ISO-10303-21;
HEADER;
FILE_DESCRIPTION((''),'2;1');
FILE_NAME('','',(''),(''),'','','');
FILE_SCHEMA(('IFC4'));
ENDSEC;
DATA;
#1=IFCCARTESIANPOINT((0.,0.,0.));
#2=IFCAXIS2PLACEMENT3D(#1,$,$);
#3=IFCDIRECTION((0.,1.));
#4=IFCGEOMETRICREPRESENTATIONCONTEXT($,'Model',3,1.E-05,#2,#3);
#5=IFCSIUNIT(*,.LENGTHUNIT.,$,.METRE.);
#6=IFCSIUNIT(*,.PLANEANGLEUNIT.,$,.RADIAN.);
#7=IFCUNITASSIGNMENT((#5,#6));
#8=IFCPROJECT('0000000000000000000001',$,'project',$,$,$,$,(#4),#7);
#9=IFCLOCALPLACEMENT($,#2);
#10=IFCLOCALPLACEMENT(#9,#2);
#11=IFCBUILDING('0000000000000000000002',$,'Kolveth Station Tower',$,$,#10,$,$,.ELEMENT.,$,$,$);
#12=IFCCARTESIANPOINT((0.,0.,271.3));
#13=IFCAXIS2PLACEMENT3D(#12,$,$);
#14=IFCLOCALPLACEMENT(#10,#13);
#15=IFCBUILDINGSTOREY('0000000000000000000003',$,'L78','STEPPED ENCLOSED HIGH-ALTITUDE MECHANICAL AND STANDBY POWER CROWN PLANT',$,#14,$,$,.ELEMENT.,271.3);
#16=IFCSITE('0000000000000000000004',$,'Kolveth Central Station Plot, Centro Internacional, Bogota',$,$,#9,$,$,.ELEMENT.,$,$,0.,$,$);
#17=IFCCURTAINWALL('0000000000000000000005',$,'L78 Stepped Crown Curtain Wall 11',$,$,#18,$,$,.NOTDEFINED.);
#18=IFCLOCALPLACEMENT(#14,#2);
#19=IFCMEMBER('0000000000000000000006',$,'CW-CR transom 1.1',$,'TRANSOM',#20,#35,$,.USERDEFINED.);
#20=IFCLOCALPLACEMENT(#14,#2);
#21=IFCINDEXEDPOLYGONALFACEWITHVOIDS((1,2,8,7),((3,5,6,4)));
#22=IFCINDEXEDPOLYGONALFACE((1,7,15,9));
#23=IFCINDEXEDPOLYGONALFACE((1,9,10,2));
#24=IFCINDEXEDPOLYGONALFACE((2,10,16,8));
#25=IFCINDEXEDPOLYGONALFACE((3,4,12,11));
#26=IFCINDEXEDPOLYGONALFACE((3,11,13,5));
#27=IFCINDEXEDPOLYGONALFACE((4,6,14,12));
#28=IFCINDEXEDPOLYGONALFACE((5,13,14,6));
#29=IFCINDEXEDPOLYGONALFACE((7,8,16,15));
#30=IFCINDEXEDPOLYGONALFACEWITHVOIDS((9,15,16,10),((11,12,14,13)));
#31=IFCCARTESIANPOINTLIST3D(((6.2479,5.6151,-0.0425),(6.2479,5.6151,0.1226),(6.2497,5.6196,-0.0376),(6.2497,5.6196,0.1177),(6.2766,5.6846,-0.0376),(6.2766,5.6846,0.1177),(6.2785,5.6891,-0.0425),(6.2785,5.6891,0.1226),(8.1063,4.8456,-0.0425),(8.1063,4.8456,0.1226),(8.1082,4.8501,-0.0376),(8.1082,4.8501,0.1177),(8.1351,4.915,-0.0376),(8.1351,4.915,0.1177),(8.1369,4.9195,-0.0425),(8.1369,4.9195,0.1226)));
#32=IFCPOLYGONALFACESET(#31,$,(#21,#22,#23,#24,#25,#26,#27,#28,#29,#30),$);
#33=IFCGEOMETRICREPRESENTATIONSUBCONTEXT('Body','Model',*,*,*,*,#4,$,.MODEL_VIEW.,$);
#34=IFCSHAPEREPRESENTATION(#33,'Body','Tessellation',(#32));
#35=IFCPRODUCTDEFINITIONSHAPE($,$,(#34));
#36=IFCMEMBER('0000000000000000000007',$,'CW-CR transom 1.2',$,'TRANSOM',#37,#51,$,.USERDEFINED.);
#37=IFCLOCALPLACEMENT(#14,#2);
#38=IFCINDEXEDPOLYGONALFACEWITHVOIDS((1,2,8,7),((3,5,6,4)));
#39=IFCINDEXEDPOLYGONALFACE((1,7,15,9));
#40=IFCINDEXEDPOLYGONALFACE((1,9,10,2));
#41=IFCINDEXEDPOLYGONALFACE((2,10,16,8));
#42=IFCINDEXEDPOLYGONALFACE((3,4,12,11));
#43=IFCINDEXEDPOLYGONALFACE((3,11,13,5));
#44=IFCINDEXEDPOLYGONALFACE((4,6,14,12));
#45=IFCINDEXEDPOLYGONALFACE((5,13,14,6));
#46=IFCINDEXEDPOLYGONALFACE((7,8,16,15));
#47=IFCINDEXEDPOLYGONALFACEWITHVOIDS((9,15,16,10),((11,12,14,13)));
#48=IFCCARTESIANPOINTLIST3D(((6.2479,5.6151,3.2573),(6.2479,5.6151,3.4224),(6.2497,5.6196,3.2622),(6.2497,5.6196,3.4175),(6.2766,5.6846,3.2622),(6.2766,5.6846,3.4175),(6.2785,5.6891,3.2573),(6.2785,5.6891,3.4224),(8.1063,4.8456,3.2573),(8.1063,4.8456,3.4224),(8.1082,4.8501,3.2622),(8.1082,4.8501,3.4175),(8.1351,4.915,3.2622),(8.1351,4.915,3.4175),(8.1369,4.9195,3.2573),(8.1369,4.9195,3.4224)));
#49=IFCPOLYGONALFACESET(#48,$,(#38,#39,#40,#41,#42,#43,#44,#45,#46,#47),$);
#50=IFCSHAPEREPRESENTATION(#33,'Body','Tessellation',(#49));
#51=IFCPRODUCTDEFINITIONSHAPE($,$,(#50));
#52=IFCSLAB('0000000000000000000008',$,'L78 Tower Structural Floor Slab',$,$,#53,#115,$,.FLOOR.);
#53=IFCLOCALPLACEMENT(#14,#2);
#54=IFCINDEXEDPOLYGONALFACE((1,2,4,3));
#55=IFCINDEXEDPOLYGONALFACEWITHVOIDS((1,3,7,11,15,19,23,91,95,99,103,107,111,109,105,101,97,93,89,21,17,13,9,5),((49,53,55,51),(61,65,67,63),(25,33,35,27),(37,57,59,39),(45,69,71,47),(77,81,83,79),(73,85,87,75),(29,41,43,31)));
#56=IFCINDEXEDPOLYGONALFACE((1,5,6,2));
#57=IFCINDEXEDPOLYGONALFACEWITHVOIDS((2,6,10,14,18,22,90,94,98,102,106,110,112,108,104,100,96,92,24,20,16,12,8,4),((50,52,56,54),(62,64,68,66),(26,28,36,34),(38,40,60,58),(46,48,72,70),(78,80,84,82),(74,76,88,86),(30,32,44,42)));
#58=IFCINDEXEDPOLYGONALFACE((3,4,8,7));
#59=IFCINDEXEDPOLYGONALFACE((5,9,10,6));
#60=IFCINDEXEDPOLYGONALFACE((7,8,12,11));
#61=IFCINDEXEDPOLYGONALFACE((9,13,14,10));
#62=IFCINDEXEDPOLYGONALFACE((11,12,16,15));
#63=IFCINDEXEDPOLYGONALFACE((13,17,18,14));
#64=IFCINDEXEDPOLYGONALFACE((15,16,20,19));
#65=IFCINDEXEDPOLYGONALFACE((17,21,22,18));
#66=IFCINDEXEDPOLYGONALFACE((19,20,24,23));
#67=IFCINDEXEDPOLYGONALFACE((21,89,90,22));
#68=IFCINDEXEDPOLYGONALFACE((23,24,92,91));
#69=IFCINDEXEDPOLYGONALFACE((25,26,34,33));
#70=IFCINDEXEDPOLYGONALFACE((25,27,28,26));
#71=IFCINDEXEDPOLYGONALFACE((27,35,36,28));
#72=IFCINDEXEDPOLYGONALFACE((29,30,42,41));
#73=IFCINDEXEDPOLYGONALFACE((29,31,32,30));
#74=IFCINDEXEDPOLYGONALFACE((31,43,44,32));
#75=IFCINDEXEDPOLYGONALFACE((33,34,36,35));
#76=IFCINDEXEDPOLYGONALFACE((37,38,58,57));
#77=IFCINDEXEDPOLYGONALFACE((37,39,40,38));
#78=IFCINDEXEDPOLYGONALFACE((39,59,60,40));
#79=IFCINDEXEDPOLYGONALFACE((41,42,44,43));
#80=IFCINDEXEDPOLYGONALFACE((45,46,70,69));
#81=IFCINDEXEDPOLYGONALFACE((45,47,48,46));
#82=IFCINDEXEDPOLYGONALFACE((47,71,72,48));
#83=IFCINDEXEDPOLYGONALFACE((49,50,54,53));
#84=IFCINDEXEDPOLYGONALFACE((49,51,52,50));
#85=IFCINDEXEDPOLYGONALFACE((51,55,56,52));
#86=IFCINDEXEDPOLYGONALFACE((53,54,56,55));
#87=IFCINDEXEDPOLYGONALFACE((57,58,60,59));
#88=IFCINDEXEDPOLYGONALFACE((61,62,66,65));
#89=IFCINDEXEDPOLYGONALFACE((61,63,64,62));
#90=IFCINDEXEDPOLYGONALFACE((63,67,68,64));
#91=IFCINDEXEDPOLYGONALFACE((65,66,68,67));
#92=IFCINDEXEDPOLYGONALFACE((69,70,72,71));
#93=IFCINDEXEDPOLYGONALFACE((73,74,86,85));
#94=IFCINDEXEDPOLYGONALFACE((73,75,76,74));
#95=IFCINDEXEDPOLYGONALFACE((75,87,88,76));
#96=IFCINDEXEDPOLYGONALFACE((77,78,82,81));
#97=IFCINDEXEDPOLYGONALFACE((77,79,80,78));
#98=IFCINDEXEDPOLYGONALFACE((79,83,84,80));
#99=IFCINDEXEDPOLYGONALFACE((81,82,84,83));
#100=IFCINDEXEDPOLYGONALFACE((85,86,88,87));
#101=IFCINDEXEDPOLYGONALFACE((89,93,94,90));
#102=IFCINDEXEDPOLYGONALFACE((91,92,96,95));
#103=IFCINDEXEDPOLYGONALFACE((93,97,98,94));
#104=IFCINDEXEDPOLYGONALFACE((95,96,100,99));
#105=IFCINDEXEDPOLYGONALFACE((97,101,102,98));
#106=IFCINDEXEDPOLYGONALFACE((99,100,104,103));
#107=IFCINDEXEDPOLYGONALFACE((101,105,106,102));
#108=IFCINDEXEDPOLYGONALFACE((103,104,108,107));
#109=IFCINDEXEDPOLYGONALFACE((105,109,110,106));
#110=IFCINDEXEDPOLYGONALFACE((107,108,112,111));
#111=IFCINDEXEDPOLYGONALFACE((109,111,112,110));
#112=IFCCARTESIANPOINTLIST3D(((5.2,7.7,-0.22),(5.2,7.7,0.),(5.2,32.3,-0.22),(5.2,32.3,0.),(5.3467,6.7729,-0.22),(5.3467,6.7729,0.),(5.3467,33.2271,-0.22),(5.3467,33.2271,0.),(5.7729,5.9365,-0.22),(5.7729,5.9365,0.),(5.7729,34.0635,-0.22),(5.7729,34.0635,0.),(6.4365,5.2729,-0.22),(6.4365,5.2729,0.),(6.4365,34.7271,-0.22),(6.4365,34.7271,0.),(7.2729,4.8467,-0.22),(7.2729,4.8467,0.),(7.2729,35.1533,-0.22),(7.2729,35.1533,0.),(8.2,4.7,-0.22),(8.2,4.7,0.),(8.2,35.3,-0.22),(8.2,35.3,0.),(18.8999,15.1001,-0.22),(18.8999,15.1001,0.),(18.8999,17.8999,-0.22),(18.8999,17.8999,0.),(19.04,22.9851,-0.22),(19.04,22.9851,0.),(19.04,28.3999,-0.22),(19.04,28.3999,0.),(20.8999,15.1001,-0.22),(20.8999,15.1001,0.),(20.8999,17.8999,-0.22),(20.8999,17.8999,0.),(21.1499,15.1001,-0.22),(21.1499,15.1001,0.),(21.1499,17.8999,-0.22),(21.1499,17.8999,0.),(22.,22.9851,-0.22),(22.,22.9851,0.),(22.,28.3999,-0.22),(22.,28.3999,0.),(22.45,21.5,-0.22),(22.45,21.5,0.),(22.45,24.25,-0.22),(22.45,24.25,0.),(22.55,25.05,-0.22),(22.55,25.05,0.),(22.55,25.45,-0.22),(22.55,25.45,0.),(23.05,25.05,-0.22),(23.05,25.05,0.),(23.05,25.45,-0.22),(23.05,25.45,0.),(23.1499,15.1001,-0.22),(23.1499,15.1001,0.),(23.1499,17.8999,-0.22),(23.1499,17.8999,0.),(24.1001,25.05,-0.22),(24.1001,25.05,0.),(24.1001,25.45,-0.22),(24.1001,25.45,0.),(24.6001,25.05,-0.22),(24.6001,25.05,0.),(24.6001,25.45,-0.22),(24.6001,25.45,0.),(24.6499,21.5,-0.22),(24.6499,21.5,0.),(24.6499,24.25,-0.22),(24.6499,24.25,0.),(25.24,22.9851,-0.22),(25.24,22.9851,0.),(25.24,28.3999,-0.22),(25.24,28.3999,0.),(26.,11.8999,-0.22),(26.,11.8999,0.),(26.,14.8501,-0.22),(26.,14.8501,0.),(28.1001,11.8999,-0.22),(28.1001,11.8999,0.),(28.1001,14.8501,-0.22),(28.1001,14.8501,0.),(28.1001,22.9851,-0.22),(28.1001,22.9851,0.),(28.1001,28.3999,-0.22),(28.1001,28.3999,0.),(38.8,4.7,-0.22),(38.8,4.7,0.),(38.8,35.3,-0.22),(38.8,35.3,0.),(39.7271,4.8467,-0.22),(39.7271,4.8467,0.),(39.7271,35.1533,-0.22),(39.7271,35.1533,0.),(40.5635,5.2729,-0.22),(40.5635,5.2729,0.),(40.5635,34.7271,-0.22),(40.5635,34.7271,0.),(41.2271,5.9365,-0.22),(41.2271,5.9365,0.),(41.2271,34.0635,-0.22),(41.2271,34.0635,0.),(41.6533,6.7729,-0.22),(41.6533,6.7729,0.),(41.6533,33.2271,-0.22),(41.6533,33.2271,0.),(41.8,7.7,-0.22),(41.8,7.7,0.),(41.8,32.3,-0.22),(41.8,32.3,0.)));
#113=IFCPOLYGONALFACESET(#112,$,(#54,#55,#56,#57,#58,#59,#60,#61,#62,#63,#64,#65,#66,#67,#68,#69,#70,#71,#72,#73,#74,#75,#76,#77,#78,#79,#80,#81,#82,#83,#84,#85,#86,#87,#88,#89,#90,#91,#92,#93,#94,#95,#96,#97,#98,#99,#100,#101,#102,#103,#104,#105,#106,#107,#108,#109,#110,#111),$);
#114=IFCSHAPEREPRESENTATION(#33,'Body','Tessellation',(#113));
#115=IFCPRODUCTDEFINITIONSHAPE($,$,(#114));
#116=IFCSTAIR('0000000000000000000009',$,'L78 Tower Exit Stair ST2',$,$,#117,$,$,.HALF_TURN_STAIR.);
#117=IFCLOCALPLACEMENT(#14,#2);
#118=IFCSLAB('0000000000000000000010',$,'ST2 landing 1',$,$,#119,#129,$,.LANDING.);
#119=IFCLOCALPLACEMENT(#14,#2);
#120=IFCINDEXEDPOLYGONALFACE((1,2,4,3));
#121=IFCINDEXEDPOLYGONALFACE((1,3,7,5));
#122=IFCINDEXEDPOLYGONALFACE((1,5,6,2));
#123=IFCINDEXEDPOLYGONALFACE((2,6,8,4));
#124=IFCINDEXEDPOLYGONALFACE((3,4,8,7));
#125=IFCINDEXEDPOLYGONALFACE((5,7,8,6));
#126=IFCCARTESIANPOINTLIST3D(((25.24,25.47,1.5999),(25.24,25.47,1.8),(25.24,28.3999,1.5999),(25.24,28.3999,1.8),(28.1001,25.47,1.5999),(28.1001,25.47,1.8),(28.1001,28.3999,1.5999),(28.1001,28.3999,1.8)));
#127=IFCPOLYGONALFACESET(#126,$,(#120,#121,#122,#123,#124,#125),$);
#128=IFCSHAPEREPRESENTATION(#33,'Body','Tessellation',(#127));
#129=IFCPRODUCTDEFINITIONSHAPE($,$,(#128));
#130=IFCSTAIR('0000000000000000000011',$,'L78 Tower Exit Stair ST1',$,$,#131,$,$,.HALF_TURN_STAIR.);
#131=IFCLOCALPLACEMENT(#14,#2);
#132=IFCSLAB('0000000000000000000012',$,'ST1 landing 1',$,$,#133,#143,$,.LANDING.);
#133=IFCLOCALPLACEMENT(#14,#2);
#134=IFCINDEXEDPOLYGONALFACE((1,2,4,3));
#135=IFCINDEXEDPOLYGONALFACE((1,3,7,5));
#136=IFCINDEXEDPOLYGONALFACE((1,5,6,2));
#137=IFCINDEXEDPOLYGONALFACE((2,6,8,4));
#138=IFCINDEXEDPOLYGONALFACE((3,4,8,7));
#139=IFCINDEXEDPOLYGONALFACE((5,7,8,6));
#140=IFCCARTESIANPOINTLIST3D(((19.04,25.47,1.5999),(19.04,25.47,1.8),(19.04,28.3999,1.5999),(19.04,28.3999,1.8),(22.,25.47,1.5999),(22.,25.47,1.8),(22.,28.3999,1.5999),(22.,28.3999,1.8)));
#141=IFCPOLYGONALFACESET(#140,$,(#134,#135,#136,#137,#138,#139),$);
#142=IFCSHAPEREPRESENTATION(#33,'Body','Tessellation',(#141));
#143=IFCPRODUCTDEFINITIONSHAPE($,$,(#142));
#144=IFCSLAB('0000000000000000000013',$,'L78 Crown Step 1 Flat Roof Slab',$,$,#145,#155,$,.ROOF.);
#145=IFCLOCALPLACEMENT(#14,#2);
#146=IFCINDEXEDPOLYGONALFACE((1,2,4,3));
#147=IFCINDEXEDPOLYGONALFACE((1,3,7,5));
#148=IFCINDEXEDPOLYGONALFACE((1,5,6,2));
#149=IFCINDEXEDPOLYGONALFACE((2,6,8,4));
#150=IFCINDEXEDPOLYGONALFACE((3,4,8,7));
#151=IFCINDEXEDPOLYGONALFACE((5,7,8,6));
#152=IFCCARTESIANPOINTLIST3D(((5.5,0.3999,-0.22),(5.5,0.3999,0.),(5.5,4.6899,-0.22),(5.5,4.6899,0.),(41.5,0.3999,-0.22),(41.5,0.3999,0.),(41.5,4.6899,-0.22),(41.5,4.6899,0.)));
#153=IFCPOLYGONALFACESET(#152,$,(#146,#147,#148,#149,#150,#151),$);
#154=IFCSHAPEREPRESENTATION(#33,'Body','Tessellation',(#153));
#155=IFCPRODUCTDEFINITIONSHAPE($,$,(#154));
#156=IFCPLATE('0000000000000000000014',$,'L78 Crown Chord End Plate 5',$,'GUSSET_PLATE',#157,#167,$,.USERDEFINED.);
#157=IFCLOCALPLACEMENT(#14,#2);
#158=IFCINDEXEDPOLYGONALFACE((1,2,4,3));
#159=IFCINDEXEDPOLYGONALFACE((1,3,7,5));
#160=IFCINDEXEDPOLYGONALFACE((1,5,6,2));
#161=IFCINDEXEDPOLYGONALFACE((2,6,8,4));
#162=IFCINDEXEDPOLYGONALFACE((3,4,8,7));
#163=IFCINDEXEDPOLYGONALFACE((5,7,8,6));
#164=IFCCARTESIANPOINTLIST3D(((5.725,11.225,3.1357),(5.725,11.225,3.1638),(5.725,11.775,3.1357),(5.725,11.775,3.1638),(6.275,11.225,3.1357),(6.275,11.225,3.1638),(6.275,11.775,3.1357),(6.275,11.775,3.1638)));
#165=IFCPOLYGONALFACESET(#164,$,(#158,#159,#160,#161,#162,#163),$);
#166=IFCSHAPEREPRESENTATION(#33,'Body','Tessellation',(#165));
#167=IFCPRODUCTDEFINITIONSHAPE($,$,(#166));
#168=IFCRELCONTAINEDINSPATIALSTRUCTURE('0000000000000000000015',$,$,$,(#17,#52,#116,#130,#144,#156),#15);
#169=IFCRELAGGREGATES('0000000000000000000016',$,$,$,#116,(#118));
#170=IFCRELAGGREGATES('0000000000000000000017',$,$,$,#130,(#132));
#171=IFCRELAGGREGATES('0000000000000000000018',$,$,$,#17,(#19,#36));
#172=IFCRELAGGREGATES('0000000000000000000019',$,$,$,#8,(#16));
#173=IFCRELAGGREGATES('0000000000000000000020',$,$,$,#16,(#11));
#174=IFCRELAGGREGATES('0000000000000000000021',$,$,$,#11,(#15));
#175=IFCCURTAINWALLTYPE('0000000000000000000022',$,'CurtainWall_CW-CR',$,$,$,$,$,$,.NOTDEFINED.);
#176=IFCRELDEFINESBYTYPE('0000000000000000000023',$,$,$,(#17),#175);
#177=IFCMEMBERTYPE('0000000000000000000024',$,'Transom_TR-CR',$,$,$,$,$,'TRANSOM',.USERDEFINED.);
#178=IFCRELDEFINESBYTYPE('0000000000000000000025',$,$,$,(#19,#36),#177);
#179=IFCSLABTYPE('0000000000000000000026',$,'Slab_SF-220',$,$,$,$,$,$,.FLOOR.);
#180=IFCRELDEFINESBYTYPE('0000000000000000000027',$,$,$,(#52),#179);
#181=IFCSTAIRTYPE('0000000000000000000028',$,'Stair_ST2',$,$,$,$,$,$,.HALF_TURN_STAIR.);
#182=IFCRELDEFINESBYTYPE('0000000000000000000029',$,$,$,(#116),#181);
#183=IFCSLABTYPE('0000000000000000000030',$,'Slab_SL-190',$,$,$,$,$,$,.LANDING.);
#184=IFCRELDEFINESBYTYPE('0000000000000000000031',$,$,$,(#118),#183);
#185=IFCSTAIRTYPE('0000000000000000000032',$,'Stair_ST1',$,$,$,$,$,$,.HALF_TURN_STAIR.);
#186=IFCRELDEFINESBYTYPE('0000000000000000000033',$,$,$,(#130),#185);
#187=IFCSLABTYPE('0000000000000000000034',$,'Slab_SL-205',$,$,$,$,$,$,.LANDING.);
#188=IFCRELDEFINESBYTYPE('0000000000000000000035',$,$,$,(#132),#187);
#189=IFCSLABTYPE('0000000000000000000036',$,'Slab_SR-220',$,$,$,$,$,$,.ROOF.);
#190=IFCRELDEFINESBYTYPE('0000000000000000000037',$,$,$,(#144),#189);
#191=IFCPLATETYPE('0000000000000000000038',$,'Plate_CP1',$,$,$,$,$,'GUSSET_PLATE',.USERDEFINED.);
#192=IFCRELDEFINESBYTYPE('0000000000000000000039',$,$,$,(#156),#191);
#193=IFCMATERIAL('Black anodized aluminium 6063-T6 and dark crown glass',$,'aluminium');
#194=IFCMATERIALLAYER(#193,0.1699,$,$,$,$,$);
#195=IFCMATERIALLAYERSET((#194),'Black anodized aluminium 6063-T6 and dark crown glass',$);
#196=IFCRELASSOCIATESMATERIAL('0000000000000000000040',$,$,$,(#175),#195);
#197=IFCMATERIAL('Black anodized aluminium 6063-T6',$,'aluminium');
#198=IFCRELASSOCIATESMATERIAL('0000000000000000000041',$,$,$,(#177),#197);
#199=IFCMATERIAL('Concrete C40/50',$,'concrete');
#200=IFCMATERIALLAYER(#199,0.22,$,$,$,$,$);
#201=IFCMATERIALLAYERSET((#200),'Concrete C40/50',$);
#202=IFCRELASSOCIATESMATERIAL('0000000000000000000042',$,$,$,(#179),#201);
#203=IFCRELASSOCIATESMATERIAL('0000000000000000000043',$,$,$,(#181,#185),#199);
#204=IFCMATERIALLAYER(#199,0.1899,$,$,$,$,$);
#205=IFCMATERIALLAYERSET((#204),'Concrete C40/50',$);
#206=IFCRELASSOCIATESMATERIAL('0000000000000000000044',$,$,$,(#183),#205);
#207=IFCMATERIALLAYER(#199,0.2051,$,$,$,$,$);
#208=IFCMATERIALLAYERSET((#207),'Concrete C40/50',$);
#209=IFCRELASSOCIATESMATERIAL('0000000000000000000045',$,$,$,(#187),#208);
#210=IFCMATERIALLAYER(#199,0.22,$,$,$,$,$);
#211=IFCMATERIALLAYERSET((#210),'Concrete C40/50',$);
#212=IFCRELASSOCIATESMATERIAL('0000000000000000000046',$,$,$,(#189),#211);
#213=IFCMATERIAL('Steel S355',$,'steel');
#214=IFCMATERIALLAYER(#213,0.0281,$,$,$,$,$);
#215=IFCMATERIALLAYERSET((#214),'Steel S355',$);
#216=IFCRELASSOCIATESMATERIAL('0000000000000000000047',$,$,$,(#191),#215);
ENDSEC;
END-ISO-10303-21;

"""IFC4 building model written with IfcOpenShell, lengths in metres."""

from ifc_helpers import new_model, si_unit, direction, frame, origin, origin_2d, place, context, subcontext, project, spatial, polyline, rectangle, hollow_rectangle, outline, extrude, source, transform, mapped, material, layer, layer_set, material_profile, profile_set, type_object, element, aggregate, save


model = new_model("IFC4")

# Units and contexts
model_context = context("Model", 3, precision=1e-05, world=origin(), true_north=direction((0.0, 1.0)))
body_context = subcontext(model_context, "Body", "Model", "MODEL_VIEW")
ifc_project = project(units=[si_unit("LENGTHUNIT", "METRE"), si_unit("PLANEANGLEUNIT", "RADIAN")], contexts=[model_context])

# Site, building, storey
site_placement = place(None, origin())
site = spatial("IfcSite", under=ifc_project, at=site_placement, Name="Kolveth Central Station Plot, Centro Internacional, Bogota", CompositionType="ELEMENT", RefElevation=0.0)
building_placement = place(site_placement, origin())
building = spatial("IfcBuilding", under=site, at=building_placement, Name="Kolveth Station Tower", CompositionType="ELEMENT")
storey_placement = place(building_placement, frame((0.0, 0.0, 271.3)))
storey = spatial("IfcBuildingStorey", under=building, at=storey_placement, Name="L78", Description="STEPPED ENCLOSED HIGH-ALTITUDE MECHANICAL AND STANDBY POWER CROWN PLANT", CompositionType="ELEMENT", Elevation=271.3)

# Shared definitions
ifc_material_1 = material(Name="Steel S355", Category="steel")

# Shared definitions
ifc_material_2 = material(Name="Black anodized aluminium 6063-T6 and dark crown glass", Category="aluminium")
ifc_layer_1 = layer(ifc_material_2, 0.1699)
ifc_layer_set_1 = layer_set([ifc_layer_1], Name="Black anodized aluminium 6063-T6 and dark crown glass")
curtain_wall_type = type_object("IfcCurtainWallType", Name="CurtainWall_CW-CR", PredefinedType="NOTDEFINED", material=ifc_layer_set_1)
ifc_material_3 = material(Name="Black anodized aluminium 6063-T6", Category="aluminium")

# Curtain wall
curtain_wall_1_placement = place(storey_placement, origin())
curtain_wall_1 = element("IfcCurtainWall", 1, at=curtain_wall_1_placement, inside=storey, type_object=curtain_wall_type, Name="L78 Stepped Crown Curtain Wall 11", PredefinedType="NOTDEFINED")

# Members
ifc_material_profile_1 = material_profile(ifc_material_3, hollow_rectangle(XDim=0.0801, YDim=0.165, WallThickness=0.0049, at=origin_2d()), Name="ALU-80x165x5")
ifc_profile_set_1 = profile_set([ifc_material_profile_1], Name="Black anodized aluminium 6063-T6")
member_type_1 = type_object("IfcMemberType", Name="Transom_TR-CR", ElementType="TRANSOM", PredefinedType="USERDEFINED", material=ifc_profile_set_1)
shared_shape_1 = source(origin(), body_context, "Body", "SweptSolid", [
    extrude(hollow_rectangle(XDim=0.0801, YDim=0.165, WallThickness=0.0049, at=origin_2d()), origin(), (0.0, 0.0, 1.0), 2.0115),
])
member_1_placement = place(storey_placement, frame((6.2632, 5.6521, 0.04), z_axis=(0.923922, -0.38258, 0.0), x_axis=(0.38258, 0.923922, 0.0)))
member_1 = element("IfcMember", 2, at=member_1_placement, type_object=member_type_1, Name="CW-CR transom 1.1", ObjectType="TRANSOM", PredefinedType="USERDEFINED", context=body_context, shape_type="MappedRepresentation", body=[
    mapped(shared_shape_1, transform((0.0, 0.0, 0.0), x_axis=(1.0, 0.0, 0.0), y_axis=(0.0, 1.0, 0.0), z_axis=(0.0, 0.0, 1.0), scale=1.0)),
])
member_2_placement = place(storey_placement, frame((6.2632, 5.6521, 3.3398), z_axis=(0.923922, -0.38258, 0.0), x_axis=(0.38258, 0.923922, 0.0)))
member_2 = element("IfcMember", 3, at=member_2_placement, type_object=member_type_1, Name="CW-CR transom 1.2", ObjectType="TRANSOM", PredefinedType="USERDEFINED", context=body_context, shape_type="MappedRepresentation", body=[
    mapped(shared_shape_1, transform((0.0, 0.0, 0.0), x_axis=(1.0, 0.0, 0.0), y_axis=(0.0, 1.0, 0.0), z_axis=(0.0, 0.0, 1.0), scale=1.0)),
])

# Slab
ifc_material_4 = material(Name="Concrete C40/50", Category="concrete")
ifc_layer_2 = layer(ifc_material_4, 0.22)
ifc_layer_set_2 = layer_set([ifc_layer_2], Name="Concrete C40/50")
slab_type_1 = type_object("IfcSlabType", Name="Slab_SF-220", PredefinedType="FLOOR", material=ifc_layer_set_2)
slab_1_placement = place(storey_placement, frame((0.0, 0.0, -0.22)))
element("IfcSlab", 4, at=slab_1_placement, inside=storey, type_object=slab_type_1, Name="L78 Tower Structural Floor Slab", PredefinedType="FLOOR", context=body_context, shape_type="SweptSolid", body=[
    extrude(outline(polyline([(38.8, 4.7), (39.7271, 4.8467), (40.5635, 5.2729), (41.2271, 5.9365), (41.6533, 6.7729), (41.8, 7.7), (41.8, 32.3), (41.6533, 33.2271), (41.2271, 34.0635), (40.5635, 34.7271), (39.7271, 35.1533), (38.8, 35.3), (8.2, 35.3), (7.2729, 35.1533), (6.4365, 34.7271), (5.7729, 34.0635), (5.3467, 33.2271), (5.2, 32.3), (5.2, 7.7), (5.3467, 6.7729), (5.7729, 5.9365), (6.4365, 5.2729), (7.2729, 4.8467), (8.2, 4.7), (38.8, 4.7)]), holes=[polyline([(19.04, 22.9851), (22.0, 22.9851), (22.0, 28.3999), (19.04, 28.3999), (19.04, 22.9851)]), polyline([(25.24, 22.9851), (28.1001, 22.9851), (28.1001, 28.3999), (25.24, 28.3999), (25.24, 22.9851)]), polyline([(18.8999, 15.1001), (20.8999, 15.1001), (20.8999, 17.8999), (18.8999, 17.8999), (18.8999, 15.1001)]), polyline([(21.1499, 15.1001), (23.1499, 15.1001), (23.1499, 17.8999), (21.1499, 17.8999), (21.1499, 15.1001)]), polyline([(22.45, 21.5), (24.6499, 21.5), (24.6499, 24.25), (22.45, 24.25), (22.45, 21.5)]), polyline([(26.0, 11.8999), (28.1001, 11.8999), (28.1001, 14.8501), (26.0, 14.8501), (26.0, 11.8999)]), polyline([(22.55, 25.05), (23.05, 25.05), (23.05, 25.45), (22.55, 25.45), (22.55, 25.05)]), polyline([(24.1001, 25.05), (24.6001, 25.05), (24.6001, 25.45), (24.1001, 25.45), (24.1001, 25.05)])]), origin(), (0.0, 0.0, 1.0), 0.22),
])

# Stairs, slabs
stair_type_1 = type_object("IfcStairType", Name="Stair_ST2", PredefinedType="HALF_TURN_STAIR", material=ifc_material_4)
stair_1_placement = place(storey_placement, origin())
stair_1 = element("IfcStair", 5, at=stair_1_placement, inside=storey, type_object=stair_type_1, Name="L78 Tower Exit Stair ST2", PredefinedType="HALF_TURN_STAIR")
ifc_layer_3 = layer(ifc_material_4, 0.1899)
ifc_layer_set_3 = layer_set([ifc_layer_3], Name="Concrete C40/50")
slab_type_2 = type_object("IfcSlabType", Name="Slab_SL-190", PredefinedType="LANDING", material=ifc_layer_set_3)
slab_2_placement = place(storey_placement, frame((0.0, 0.0, 1.5999)))
slab_2 = element("IfcSlab", 6, at=slab_2_placement, type_object=slab_type_2, Name="ST2 landing 1", PredefinedType="LANDING", context=body_context, shape_type="SweptSolid", body=[
    extrude(outline(polyline([(28.1001, 25.47), (28.1001, 28.3999), (25.24, 28.3999), (25.24, 25.47), (28.1001, 25.47)])), origin(), (0.0, 0.0, 1.0), 0.2002),
])
aggregate(stair_1, [slab_2])
stair_type_2 = type_object("IfcStairType", Name="Stair_ST1", PredefinedType="HALF_TURN_STAIR", material=ifc_material_4)
stair_2_placement = place(storey_placement, origin())
stair_2 = element("IfcStair", 7, at=stair_2_placement, inside=storey, type_object=stair_type_2, Name="L78 Tower Exit Stair ST1", PredefinedType="HALF_TURN_STAIR")
ifc_layer_4 = layer(ifc_material_4, 0.2051)
ifc_layer_set_4 = layer_set([ifc_layer_4], Name="Concrete C40/50")
slab_type_3 = type_object("IfcSlabType", Name="Slab_SL-205", PredefinedType="LANDING", material=ifc_layer_set_4)
slab_3_placement = place(storey_placement, frame((0.0, 0.0, 1.5999)))
slab_3 = element("IfcSlab", 8, at=slab_3_placement, type_object=slab_type_3, Name="ST1 landing 1", PredefinedType="LANDING", context=body_context, shape_type="SweptSolid", body=[
    extrude(outline(polyline([(22.0, 25.47), (22.0, 28.3999), (19.04, 28.3999), (19.04, 25.47), (22.0, 25.47)])), origin(), (0.0, 0.0, 1.0), 0.2002),
])
aggregate(stair_2, [slab_3])

# Slab
ifc_layer_5 = layer(ifc_material_4, 0.22)
ifc_layer_set_5 = layer_set([ifc_layer_5], Name="Concrete C40/50")
slab_type_4 = type_object("IfcSlabType", Name="Slab_SR-220", PredefinedType="ROOF", material=ifc_layer_set_5)
slab_4_placement = place(storey_placement, frame((0.0, 0.0, -0.22)))
element("IfcSlab", 9, at=slab_4_placement, inside=storey, type_object=slab_type_4, Name="L78 Crown Step 1 Flat Roof Slab", PredefinedType="ROOF", context=body_context, shape_type="SweptSolid", body=[
    extrude(outline(polyline([(5.5, 0.3999), (41.5, 0.3999), (41.5, 4.6899), (5.5, 4.6899), (5.5, 0.3999)])), origin(), (0.0, 0.0, 1.0), 0.22),
])

# Plate
ifc_layer_6 = layer(ifc_material_1, 0.0281)
ifc_layer_set_6 = layer_set([ifc_layer_6], Name="Steel S355")
plate_type_1 = type_object("IfcPlateType", Name="Plate_CP1", ElementType="GUSSET_PLATE", PredefinedType="USERDEFINED", material=ifc_layer_set_6)
shared_shape_2 = source(origin(), body_context, "Body", "SweptSolid", [
    extrude(rectangle(XDim=0.55, YDim=0.55, at=origin_2d()), origin(), (0.0, 0.0, 1.0), 0.0281),
])
plate_1_placement = place(storey_placement, frame((6.0, 11.5, 3.1357), z_axis=(0.0, 0.0, 1.0), x_axis=(1.0, 0.0, 0.0)))
element("IfcPlate", 10, at=plate_1_placement, inside=storey, type_object=plate_type_1, Name="L78 Crown Chord End Plate 5", ObjectType="GUSSET_PLATE", PredefinedType="USERDEFINED", context=body_context, shape_type="MappedRepresentation", body=[
    mapped(shared_shape_2, transform((0.0, 0.0, 0.0), x_axis=(1.0, 0.0, 0.0), y_axis=(0.0, 1.0, 0.0), z_axis=(0.0, 0.0, 1.0), scale=1.0)),
])
aggregate(curtain_wall_1, [member_1, member_2])

save(model, "model.ifc")
